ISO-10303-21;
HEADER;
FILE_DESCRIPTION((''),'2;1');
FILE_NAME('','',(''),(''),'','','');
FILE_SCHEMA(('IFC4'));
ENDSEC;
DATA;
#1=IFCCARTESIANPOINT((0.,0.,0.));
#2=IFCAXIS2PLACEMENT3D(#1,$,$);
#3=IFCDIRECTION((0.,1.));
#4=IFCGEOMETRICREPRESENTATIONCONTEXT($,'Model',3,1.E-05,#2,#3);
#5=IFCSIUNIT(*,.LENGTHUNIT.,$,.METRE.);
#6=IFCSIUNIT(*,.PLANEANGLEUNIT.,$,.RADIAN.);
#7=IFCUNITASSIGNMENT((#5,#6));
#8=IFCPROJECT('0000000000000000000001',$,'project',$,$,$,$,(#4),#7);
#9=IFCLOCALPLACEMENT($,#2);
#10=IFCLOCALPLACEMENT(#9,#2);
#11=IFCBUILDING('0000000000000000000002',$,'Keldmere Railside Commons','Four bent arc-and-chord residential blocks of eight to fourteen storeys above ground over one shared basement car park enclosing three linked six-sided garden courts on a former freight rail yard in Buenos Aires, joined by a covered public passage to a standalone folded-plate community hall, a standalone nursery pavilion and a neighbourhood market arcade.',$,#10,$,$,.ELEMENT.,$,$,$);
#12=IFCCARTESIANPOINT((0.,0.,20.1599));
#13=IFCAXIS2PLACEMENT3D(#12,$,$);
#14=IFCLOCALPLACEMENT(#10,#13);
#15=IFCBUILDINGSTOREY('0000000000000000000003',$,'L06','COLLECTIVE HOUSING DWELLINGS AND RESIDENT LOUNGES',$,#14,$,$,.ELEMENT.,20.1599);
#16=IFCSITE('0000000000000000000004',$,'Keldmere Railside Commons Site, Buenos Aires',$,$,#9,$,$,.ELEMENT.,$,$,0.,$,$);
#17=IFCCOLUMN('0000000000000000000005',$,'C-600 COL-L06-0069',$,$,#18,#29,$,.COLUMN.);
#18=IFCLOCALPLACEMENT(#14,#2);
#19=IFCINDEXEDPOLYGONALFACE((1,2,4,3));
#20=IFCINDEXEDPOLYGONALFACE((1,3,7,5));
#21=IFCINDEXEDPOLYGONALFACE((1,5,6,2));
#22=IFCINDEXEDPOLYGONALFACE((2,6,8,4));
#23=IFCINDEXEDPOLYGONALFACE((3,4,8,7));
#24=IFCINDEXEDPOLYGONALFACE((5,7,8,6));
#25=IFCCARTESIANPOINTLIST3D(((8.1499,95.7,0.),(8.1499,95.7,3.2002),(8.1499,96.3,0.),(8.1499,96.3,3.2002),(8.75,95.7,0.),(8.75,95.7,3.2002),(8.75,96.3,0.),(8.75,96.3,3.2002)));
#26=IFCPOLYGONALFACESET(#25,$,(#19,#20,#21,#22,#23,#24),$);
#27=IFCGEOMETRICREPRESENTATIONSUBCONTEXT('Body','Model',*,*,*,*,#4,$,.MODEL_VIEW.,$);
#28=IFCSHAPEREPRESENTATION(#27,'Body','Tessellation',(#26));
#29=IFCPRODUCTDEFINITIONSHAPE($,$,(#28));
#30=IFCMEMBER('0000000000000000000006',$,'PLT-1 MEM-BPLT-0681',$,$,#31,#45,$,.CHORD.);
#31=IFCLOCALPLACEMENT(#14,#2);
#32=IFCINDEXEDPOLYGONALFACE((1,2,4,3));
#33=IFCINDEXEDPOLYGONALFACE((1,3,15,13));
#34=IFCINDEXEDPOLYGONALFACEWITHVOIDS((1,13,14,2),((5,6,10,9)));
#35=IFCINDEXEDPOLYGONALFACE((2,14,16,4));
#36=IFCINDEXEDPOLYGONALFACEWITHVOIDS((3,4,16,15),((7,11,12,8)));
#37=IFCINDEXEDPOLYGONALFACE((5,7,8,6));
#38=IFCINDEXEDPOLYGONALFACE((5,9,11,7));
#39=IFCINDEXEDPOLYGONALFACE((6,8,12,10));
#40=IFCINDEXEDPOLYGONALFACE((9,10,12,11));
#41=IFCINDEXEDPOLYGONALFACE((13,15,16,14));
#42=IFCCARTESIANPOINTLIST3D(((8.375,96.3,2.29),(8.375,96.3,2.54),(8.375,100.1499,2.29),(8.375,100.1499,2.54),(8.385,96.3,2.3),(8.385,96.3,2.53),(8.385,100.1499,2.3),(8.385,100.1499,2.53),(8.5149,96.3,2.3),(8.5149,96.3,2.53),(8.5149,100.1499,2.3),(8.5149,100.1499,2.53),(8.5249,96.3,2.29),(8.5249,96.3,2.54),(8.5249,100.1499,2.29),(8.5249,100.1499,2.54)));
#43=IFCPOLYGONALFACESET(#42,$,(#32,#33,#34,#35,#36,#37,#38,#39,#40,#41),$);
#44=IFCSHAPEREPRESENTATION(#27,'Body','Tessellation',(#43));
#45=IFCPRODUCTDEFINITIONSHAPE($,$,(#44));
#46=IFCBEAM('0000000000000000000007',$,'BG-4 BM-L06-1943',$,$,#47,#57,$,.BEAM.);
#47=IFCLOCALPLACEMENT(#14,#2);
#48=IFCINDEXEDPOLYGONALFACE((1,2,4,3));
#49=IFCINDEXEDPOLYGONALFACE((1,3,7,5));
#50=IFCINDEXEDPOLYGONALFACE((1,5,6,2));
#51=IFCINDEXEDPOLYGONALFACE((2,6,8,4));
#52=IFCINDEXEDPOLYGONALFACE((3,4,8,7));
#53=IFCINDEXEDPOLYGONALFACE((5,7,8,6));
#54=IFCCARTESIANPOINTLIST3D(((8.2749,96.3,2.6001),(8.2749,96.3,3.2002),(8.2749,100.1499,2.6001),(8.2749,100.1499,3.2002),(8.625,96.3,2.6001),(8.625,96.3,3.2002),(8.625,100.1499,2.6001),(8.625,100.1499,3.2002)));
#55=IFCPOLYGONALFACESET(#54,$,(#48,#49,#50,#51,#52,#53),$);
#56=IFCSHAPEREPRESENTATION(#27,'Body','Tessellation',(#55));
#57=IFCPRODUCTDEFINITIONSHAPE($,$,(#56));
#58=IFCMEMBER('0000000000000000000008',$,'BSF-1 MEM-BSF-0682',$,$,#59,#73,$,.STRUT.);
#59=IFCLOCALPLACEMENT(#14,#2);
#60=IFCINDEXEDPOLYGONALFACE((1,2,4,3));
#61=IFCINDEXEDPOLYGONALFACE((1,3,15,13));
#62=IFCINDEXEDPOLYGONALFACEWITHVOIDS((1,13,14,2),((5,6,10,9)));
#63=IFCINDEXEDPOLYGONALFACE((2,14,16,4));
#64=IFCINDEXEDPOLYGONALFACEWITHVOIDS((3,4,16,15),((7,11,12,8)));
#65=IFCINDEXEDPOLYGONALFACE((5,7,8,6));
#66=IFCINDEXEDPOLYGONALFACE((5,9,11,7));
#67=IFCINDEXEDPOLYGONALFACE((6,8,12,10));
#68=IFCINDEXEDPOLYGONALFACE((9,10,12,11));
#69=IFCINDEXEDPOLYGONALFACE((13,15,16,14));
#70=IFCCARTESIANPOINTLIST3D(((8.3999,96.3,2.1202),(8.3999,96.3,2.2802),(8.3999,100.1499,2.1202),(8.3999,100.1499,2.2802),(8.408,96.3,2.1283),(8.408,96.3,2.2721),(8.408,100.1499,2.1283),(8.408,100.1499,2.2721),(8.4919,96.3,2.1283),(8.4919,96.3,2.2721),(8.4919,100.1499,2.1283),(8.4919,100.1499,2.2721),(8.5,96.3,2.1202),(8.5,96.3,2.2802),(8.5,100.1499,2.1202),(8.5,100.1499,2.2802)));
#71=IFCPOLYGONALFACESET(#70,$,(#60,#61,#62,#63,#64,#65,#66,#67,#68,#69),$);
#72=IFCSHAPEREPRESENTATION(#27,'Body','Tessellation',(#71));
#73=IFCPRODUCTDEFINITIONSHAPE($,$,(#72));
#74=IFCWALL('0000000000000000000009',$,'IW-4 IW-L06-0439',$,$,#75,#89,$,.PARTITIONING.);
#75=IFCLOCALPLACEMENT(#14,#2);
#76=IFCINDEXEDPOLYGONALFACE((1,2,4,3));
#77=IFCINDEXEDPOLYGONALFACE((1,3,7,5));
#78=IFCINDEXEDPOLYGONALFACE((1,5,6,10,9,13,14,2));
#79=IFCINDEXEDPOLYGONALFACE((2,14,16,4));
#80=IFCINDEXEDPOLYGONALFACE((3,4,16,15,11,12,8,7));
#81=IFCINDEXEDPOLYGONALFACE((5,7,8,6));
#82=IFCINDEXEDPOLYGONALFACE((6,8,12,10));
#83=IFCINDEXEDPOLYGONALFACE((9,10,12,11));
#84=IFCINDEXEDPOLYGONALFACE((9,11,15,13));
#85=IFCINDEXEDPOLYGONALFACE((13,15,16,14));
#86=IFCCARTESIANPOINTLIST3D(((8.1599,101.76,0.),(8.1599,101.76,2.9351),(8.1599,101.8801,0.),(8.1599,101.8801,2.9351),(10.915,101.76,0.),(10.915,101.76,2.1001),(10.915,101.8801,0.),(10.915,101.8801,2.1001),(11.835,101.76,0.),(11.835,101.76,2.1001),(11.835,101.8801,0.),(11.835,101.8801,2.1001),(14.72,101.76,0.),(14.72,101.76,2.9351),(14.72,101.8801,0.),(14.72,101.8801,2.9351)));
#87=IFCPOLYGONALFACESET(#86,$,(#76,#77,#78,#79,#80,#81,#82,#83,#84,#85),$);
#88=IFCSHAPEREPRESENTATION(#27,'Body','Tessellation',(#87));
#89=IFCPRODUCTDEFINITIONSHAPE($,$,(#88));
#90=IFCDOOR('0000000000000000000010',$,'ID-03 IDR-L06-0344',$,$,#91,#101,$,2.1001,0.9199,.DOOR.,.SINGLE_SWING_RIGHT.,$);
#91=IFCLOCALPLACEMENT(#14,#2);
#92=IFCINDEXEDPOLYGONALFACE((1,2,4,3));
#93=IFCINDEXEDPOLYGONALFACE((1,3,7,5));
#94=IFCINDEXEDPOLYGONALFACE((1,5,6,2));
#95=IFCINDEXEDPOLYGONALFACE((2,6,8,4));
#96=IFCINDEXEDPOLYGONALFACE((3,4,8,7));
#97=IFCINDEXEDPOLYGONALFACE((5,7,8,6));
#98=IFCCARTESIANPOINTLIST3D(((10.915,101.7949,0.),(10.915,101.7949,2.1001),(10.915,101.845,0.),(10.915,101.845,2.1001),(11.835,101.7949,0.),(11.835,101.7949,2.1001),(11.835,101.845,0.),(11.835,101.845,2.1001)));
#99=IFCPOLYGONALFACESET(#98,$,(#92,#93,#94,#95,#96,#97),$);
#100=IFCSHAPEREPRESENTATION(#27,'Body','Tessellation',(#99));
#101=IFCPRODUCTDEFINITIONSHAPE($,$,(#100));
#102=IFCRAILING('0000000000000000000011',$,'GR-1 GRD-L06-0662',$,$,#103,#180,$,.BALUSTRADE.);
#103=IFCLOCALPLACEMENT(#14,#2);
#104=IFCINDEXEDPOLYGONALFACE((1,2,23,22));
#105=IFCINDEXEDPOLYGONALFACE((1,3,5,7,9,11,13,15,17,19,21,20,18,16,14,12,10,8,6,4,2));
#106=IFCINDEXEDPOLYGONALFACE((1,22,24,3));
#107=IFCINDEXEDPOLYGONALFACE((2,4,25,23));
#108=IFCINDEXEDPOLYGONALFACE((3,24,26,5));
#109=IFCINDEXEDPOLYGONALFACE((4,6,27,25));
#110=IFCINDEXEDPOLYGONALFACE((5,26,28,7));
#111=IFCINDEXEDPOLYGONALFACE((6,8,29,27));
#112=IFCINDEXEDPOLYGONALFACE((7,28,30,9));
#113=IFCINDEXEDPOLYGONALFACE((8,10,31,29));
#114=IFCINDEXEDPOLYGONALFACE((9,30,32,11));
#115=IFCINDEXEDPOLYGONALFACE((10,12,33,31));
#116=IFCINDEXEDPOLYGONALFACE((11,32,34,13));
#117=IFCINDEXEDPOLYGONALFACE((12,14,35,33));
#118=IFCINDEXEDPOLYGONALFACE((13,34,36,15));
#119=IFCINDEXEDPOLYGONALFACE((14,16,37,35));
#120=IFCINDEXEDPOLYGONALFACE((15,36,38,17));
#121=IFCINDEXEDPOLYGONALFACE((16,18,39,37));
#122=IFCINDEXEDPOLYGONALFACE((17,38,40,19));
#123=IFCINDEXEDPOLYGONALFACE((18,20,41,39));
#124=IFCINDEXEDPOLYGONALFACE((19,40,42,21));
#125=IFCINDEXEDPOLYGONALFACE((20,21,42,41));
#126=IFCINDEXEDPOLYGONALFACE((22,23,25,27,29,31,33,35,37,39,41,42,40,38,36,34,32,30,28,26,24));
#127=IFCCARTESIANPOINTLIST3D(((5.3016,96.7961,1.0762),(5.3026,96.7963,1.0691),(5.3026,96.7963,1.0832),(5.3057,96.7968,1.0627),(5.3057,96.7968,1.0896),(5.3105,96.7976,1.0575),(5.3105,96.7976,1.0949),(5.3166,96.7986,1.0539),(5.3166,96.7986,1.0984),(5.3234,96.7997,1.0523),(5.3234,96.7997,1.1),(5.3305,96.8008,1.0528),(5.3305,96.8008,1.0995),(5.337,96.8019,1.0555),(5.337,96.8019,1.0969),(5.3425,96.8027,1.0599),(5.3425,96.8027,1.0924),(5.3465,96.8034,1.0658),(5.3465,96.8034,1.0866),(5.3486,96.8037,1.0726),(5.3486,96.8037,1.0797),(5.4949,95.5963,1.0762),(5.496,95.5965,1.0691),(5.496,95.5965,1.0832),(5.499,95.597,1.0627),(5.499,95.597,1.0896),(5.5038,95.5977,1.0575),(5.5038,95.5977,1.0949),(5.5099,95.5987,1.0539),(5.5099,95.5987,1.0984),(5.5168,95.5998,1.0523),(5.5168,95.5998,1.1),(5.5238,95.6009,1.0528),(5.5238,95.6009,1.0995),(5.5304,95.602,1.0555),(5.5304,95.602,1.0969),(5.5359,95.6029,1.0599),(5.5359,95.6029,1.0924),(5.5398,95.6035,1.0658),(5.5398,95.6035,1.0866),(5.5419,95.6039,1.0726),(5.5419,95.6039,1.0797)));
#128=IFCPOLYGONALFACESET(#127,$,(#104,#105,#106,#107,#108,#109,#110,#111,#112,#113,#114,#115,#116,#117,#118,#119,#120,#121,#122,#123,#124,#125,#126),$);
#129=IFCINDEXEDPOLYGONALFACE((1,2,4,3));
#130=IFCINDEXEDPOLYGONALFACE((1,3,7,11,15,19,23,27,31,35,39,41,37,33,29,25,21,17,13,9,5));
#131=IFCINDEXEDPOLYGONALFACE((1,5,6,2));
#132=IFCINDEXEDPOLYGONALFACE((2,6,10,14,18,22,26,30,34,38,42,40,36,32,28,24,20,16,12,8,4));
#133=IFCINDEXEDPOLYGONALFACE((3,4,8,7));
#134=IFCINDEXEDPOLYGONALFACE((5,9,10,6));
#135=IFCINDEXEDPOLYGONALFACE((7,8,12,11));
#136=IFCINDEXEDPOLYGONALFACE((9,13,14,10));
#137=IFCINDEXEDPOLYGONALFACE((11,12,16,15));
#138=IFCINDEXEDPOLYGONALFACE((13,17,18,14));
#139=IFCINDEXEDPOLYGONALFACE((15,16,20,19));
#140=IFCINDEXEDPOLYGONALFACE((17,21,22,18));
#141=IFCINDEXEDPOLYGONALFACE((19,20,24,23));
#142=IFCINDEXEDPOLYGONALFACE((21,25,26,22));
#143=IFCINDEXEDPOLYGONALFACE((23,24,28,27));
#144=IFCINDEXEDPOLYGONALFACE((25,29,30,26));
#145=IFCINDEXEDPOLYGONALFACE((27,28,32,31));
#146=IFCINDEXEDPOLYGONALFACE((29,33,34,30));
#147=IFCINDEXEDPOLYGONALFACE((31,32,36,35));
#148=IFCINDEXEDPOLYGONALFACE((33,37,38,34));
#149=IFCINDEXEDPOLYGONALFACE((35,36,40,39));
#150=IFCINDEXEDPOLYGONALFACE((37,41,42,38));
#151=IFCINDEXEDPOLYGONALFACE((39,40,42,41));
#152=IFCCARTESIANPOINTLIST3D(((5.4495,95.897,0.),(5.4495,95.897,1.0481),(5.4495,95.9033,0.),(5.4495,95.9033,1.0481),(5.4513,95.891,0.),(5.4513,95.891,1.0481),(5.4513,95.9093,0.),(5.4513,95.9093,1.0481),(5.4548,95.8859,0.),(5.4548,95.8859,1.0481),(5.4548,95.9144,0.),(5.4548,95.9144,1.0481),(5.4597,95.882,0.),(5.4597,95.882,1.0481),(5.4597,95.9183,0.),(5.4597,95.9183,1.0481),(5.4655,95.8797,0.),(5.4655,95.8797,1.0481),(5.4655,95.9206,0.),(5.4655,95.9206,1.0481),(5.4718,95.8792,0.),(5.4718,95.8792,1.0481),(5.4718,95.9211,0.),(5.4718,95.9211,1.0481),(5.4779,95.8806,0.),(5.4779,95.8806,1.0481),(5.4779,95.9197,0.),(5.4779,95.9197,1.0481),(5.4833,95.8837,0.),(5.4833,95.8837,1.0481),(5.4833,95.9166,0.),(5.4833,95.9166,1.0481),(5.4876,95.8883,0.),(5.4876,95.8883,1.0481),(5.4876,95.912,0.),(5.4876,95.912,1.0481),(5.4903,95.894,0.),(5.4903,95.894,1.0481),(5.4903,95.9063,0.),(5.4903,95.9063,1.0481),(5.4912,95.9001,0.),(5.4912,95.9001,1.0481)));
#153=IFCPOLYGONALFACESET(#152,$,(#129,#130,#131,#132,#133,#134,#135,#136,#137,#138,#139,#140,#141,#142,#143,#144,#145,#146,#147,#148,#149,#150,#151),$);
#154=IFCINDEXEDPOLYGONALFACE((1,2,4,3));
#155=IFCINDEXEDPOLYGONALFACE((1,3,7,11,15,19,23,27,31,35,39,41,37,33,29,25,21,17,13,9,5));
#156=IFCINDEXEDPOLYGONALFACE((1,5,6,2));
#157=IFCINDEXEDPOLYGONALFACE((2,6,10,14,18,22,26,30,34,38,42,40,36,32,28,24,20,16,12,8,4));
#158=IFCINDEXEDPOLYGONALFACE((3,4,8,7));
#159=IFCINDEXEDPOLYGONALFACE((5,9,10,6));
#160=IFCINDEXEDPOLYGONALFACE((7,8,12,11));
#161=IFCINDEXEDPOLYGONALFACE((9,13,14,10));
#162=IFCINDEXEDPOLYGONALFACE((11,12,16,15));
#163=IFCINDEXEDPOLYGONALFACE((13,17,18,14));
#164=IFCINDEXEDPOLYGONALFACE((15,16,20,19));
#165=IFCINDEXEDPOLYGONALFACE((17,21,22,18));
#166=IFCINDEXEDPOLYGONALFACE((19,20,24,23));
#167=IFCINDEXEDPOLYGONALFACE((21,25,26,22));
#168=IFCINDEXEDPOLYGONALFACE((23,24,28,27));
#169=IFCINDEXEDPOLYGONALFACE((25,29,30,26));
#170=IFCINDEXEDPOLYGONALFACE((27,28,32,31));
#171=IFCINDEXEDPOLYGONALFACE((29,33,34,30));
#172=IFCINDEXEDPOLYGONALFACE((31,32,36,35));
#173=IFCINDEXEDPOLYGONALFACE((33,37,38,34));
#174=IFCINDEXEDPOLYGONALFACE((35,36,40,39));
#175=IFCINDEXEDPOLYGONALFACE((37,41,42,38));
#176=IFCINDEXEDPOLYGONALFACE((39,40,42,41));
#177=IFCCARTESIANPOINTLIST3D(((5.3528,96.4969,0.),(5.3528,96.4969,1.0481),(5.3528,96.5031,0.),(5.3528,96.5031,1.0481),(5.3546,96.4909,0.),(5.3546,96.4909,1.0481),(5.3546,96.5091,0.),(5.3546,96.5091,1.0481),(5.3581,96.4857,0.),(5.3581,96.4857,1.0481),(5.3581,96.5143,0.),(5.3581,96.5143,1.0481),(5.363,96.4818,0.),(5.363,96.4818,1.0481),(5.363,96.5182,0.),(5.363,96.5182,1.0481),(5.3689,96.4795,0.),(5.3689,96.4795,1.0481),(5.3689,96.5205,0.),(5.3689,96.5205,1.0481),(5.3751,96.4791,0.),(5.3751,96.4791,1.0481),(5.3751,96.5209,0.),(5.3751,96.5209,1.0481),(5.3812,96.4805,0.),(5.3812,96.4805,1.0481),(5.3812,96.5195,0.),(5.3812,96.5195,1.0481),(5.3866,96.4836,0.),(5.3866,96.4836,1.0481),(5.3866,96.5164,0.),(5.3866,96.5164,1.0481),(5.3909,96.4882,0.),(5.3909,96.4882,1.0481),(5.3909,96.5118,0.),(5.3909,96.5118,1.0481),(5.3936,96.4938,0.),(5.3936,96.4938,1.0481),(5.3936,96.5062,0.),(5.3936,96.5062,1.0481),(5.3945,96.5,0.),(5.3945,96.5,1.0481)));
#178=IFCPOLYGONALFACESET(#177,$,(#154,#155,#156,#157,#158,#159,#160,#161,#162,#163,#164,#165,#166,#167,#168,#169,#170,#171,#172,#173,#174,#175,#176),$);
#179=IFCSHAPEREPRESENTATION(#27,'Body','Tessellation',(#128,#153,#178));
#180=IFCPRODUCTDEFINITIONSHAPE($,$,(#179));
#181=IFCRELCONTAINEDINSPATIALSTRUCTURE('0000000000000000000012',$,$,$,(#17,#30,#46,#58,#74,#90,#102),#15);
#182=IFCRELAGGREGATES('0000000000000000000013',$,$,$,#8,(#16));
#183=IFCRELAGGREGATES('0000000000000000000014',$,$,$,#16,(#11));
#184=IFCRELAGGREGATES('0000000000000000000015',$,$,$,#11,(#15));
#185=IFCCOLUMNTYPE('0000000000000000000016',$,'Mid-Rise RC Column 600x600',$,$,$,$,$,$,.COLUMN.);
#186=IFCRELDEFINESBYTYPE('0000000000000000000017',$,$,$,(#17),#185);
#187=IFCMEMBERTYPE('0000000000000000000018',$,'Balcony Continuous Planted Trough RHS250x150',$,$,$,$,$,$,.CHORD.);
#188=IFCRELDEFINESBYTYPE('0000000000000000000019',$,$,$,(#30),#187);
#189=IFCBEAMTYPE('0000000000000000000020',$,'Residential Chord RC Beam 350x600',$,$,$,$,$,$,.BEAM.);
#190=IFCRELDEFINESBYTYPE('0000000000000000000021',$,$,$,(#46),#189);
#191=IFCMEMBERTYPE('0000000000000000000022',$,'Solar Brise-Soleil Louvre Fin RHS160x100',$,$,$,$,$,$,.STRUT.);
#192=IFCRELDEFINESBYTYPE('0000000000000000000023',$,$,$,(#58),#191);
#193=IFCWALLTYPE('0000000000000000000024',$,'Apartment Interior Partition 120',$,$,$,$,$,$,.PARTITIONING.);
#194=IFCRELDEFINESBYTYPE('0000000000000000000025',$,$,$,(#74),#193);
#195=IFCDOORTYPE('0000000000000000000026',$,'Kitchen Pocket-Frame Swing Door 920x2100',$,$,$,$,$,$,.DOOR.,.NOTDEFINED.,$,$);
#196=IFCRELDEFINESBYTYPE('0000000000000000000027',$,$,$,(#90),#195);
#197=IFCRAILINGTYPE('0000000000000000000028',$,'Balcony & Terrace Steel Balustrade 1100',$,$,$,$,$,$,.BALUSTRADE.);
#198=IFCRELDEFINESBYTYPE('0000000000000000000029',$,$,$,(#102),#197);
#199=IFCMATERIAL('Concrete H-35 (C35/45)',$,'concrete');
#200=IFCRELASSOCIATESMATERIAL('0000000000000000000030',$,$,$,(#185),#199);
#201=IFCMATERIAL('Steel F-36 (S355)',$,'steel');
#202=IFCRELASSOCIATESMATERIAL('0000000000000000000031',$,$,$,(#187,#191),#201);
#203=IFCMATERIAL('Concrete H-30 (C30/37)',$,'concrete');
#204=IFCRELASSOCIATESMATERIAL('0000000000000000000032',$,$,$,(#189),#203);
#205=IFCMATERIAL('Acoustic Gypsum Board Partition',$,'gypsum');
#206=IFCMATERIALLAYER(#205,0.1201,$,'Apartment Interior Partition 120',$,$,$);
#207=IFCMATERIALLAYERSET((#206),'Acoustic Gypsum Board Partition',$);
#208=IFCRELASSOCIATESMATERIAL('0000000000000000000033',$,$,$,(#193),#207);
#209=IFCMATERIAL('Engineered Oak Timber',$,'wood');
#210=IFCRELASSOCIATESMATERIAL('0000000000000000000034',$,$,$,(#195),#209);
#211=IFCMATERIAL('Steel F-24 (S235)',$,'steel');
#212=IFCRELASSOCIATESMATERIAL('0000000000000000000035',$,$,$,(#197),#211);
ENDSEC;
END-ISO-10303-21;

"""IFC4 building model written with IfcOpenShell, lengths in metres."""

from ifc_helpers import new_model, si_unit, direction, frame, frame_2d, origin, origin_2d, place, context, subcontext, project, spatial, rectangle, hollow_rectangle, circle, extrude, material, layer, layer_set, material_profile, profile_set, type_object, element, fill, save


model = new_model("IFC4")

# Units and contexts
model_context = context("Model", 3, precision=1e-05, world=origin(), true_north=direction((0.0, 1.0)))
body_context = subcontext(model_context, "Body", "Model", "MODEL_VIEW")
ifc_project = project(units=[si_unit("LENGTHUNIT", "METRE"), si_unit("PLANEANGLEUNIT", "RADIAN")], contexts=[model_context])

# Site, building, storey
site_placement = place(None, origin())
site = spatial("IfcSite", under=ifc_project, at=site_placement, Name="Keldmere Railside Commons Site, Buenos Aires", CompositionType="ELEMENT", RefElevation=0.0)
building_placement = place(site_placement, origin())
building = spatial("IfcBuilding", under=site, at=building_placement, Name="Keldmere Railside Commons", Description="Four bent arc-and-chord residential blocks of eight to fourteen storeys above ground over one shared basement car park enclosing three linked six-sided garden courts on a former freight rail yard in Buenos Aires, joined by a covered public passage to a standalone folded-plate community hall, a standalone nursery pavilion and a neighbourhood market arcade.", CompositionType="ELEMENT")
storey_placement = place(building_placement, frame((0.0, 0.0, 20.1599)))
storey = spatial("IfcBuildingStorey", under=building, at=storey_placement, Name="L06", Description="COLLECTIVE HOUSING DWELLINGS AND RESIDENT LOUNGES", CompositionType="ELEMENT", Elevation=20.1599)

# Column
ifc_material_1 = material(Name="Concrete H-35 (C35/45)", Category="concrete")
ifc_material_profile_1 = material_profile(ifc_material_1, rectangle(XDim=0.6001, YDim=0.6001, at=origin_2d()), Name="RC-600x600")
ifc_profile_set_1 = profile_set([ifc_material_profile_1], Name="Concrete H-35 (C35/45)")
column_type = type_object("IfcColumnType", Name="Mid-Rise RC Column 600x600", PredefinedType="COLUMN", material=ifc_profile_set_1)
column_placement = place(storey_placement, frame((8.45, 96.0, 0.0), z_axis=(0.0, 0.0, 1.0), x_axis=(1.0, 0.0, 0.0)))
element("IfcColumn", 1, at=column_placement, inside=storey, type_object=column_type, Name="C-600 COL-L06-0069", PredefinedType="COLUMN", context=body_context, shape_type="SweptSolid", body=[
    extrude(rectangle(XDim=0.6001, YDim=0.6001, at=origin_2d()), origin(), (0.0, 0.0, 1.0), 3.2002),
])

# Member
ifc_material_2 = material(Name="Steel F-36 (S355)", Category="steel")
ifc_material_profile_2 = material_profile(ifc_material_2, hollow_rectangle(XDim=0.1499, YDim=0.25, WallThickness=0.01, at=origin_2d()), Name="RHS-250x150x10")
ifc_profile_set_2 = profile_set([ifc_material_profile_2], Name="Steel F-36 (S355)")
member_type_1 = type_object("IfcMemberType", Name="Balcony Continuous Planted Trough RHS250x150", PredefinedType="CHORD", material=ifc_profile_set_2)
member_1_placement = place(storey_placement, frame((8.45, 96.3, 2.415), z_axis=(0.0, 1.0, 0.0), x_axis=(-1.0, 0.0, 0.0)))
element("IfcMember", 2, at=member_1_placement, inside=storey, type_object=member_type_1, Name="PLT-1 MEM-BPLT-0681", PredefinedType="CHORD", context=body_context, shape_type="SweptSolid", body=[
    extrude(hollow_rectangle(XDim=0.1499, YDim=0.25, WallThickness=0.01, at=origin_2d()), origin(), (0.0, 0.0, 1.0), 3.8499),
])

# Beam
ifc_material_3 = material(Name="Concrete H-30 (C30/37)", Category="concrete")
ifc_material_profile_3 = material_profile(ifc_material_3, rectangle(XDim=0.3501, YDim=0.6001, at=origin_2d()), Name="RC-350x600")
ifc_profile_set_3 = profile_set([ifc_material_profile_3], Name="Concrete H-30 (C30/37)")
beam_type = type_object("IfcBeamType", Name="Residential Chord RC Beam 350x600", PredefinedType="BEAM", material=ifc_profile_set_3)
beam_placement = place(storey_placement, frame((8.45, 96.3, 2.9001), z_axis=(0.0, 1.0, 0.0), x_axis=(-1.0, 0.0, 0.0)))
element("IfcBeam", 3, at=beam_placement, inside=storey, type_object=beam_type, Name="BG-4 BM-L06-1943", PredefinedType="BEAM", context=body_context, shape_type="SweptSolid", body=[
    extrude(rectangle(XDim=0.3501, YDim=0.6001, at=origin_2d()), origin(), (0.0, 0.0, 1.0), 3.8499),
])

# Member
ifc_material_profile_4 = material_profile(ifc_material_2, hollow_rectangle(XDim=0.1001, YDim=0.1599, WallThickness=0.0081, at=origin_2d()), Name="RHS-160x100x8")
ifc_profile_set_4 = profile_set([ifc_material_profile_4], Name="Steel F-36 (S355)")
member_type_2 = type_object("IfcMemberType", Name="Solar Brise-Soleil Louvre Fin RHS160x100", PredefinedType="STRUT", material=ifc_profile_set_4)
member_2_placement = place(storey_placement, frame((8.45, 96.3, 2.2002), z_axis=(0.0, 1.0, 0.0), x_axis=(-1.0, 0.0, 0.0)))
element("IfcMember", 4, at=member_2_placement, inside=storey, type_object=member_type_2, Name="BSF-1 MEM-BSF-0682", PredefinedType="STRUT", context=body_context, shape_type="SweptSolid", body=[
    extrude(hollow_rectangle(XDim=0.1001, YDim=0.1599, WallThickness=0.0081, at=origin_2d()), origin(), (0.0, 0.0, 1.0), 3.8499),
])

# Wall, opening, door
ifc_material_4 = material(Name="Acoustic Gypsum Board Partition", Category="gypsum")
ifc_layer = layer(ifc_material_4, 0.1201, Name="Apartment Interior Partition 120")
ifc_layer_set = layer_set([ifc_layer], Name="Acoustic Gypsum Board Partition")
wall_type = type_object("IfcWallType", Name="Apartment Interior Partition 120", PredefinedType="PARTITIONING", material=ifc_layer_set)
wall_placement = place(storey_placement, frame((8.1599, 101.8201, 0.0), z_axis=(0.0, 0.0, 1.0), x_axis=(1.0, 0.0, 0.0)))
wall = element("IfcWall", 5, at=wall_placement, inside=storey, type_object=wall_type, Name="IW-4 IW-L06-0439", PredefinedType="PARTITIONING", context=body_context, shape_type="SweptSolid", body=[
    extrude(rectangle(XDim=6.5601, YDim=0.1201, at=frame_2d((3.28, 0.0))), origin(), (0.0, 0.0, 1.0), 2.9351),
])
opening_placement = place(wall_placement, frame((2.7551, 0.0, 0.0)))
opening = element("IfcOpeningElement", 6, at=opening_placement, cuts=wall, PredefinedType="OPENING", context=body_context, shape_type="SweptSolid", body=[
    extrude(rectangle(XDim=0.9199, YDim=2.1001, at=frame_2d((0.46, 1.05))), frame((0.0, 0.0701, 0.0), z_axis=(0.0, -1.0, 0.0), x_axis=(1.0, 0.0, 0.0)), (0.0, 0.0, 1.0), 0.1401),
])
ifc_material_5 = material(Name="Engineered Oak Timber", Category="wood")
door_type = type_object("IfcDoorType", Name="Kitchen Pocket-Frame Swing Door 920x2100", OperationType="NOTDEFINED", PredefinedType="DOOR", material=ifc_material_5)
door_placement = place(opening_placement, origin())
door = element("IfcDoor", 7, at=door_placement, inside=storey, type_object=door_type, Name="ID-03 IDR-L06-0344", OperationType="SINGLE_SWING_RIGHT", OverallHeight=2.1001, OverallWidth=0.9199, PredefinedType="DOOR", context=body_context, shape_type="SweptSolid", body=[
    extrude(rectangle(XDim=0.9199, YDim=2.1001, at=frame_2d((0.46, 1.05))), frame((0.0, 0.0249, 0.0), z_axis=(0.0, -1.0, 0.0), x_axis=(1.0, 0.0, 0.0)), (0.0, 0.0, 1.0), 0.05),
])
fill(opening, door)

# Railing
ifc_material_6 = material(Name="Steel F-24 (S235)", Category="steel")
railing_type = type_object("IfcRailingType", Name="Balcony & Terrace Steel Balustrade 1100", PredefinedType="BALUSTRADE", material=ifc_material_6)
railing_1_placement = place(storey_placement, frame((5.5186, 95.6001, 0.0)))
element("IfcRailing", 8, at=railing_1_placement, inside=storey, type_object=railing_type, Name="GR-1 GRD-L06-0662", PredefinedType="BALUSTRADE", context=body_context, shape_type="SweptSolid", body=[
    extrude(circle(Radius=0.0239, at=origin_2d()), frame((0.0, 0.0, 1.0762), z_axis=(-0.159087, 0.987265, 0.0), x_axis=(-0.987265, -0.159087, 0.0)), (0.0, 0.0, 1.0), 1.2153),
    extrude(circle(Radius=0.021, at=origin_2d()), frame((-0.0483, 0.3, 0.0)), (0.0, 0.0, 1.0), 1.0481),
    extrude(circle(Radius=0.021, at=origin_2d()), frame((-0.145, 0.8999, 0.0)), (0.0, 0.0, 1.0), 1.0481),
])

save(model, "model.ifc")
